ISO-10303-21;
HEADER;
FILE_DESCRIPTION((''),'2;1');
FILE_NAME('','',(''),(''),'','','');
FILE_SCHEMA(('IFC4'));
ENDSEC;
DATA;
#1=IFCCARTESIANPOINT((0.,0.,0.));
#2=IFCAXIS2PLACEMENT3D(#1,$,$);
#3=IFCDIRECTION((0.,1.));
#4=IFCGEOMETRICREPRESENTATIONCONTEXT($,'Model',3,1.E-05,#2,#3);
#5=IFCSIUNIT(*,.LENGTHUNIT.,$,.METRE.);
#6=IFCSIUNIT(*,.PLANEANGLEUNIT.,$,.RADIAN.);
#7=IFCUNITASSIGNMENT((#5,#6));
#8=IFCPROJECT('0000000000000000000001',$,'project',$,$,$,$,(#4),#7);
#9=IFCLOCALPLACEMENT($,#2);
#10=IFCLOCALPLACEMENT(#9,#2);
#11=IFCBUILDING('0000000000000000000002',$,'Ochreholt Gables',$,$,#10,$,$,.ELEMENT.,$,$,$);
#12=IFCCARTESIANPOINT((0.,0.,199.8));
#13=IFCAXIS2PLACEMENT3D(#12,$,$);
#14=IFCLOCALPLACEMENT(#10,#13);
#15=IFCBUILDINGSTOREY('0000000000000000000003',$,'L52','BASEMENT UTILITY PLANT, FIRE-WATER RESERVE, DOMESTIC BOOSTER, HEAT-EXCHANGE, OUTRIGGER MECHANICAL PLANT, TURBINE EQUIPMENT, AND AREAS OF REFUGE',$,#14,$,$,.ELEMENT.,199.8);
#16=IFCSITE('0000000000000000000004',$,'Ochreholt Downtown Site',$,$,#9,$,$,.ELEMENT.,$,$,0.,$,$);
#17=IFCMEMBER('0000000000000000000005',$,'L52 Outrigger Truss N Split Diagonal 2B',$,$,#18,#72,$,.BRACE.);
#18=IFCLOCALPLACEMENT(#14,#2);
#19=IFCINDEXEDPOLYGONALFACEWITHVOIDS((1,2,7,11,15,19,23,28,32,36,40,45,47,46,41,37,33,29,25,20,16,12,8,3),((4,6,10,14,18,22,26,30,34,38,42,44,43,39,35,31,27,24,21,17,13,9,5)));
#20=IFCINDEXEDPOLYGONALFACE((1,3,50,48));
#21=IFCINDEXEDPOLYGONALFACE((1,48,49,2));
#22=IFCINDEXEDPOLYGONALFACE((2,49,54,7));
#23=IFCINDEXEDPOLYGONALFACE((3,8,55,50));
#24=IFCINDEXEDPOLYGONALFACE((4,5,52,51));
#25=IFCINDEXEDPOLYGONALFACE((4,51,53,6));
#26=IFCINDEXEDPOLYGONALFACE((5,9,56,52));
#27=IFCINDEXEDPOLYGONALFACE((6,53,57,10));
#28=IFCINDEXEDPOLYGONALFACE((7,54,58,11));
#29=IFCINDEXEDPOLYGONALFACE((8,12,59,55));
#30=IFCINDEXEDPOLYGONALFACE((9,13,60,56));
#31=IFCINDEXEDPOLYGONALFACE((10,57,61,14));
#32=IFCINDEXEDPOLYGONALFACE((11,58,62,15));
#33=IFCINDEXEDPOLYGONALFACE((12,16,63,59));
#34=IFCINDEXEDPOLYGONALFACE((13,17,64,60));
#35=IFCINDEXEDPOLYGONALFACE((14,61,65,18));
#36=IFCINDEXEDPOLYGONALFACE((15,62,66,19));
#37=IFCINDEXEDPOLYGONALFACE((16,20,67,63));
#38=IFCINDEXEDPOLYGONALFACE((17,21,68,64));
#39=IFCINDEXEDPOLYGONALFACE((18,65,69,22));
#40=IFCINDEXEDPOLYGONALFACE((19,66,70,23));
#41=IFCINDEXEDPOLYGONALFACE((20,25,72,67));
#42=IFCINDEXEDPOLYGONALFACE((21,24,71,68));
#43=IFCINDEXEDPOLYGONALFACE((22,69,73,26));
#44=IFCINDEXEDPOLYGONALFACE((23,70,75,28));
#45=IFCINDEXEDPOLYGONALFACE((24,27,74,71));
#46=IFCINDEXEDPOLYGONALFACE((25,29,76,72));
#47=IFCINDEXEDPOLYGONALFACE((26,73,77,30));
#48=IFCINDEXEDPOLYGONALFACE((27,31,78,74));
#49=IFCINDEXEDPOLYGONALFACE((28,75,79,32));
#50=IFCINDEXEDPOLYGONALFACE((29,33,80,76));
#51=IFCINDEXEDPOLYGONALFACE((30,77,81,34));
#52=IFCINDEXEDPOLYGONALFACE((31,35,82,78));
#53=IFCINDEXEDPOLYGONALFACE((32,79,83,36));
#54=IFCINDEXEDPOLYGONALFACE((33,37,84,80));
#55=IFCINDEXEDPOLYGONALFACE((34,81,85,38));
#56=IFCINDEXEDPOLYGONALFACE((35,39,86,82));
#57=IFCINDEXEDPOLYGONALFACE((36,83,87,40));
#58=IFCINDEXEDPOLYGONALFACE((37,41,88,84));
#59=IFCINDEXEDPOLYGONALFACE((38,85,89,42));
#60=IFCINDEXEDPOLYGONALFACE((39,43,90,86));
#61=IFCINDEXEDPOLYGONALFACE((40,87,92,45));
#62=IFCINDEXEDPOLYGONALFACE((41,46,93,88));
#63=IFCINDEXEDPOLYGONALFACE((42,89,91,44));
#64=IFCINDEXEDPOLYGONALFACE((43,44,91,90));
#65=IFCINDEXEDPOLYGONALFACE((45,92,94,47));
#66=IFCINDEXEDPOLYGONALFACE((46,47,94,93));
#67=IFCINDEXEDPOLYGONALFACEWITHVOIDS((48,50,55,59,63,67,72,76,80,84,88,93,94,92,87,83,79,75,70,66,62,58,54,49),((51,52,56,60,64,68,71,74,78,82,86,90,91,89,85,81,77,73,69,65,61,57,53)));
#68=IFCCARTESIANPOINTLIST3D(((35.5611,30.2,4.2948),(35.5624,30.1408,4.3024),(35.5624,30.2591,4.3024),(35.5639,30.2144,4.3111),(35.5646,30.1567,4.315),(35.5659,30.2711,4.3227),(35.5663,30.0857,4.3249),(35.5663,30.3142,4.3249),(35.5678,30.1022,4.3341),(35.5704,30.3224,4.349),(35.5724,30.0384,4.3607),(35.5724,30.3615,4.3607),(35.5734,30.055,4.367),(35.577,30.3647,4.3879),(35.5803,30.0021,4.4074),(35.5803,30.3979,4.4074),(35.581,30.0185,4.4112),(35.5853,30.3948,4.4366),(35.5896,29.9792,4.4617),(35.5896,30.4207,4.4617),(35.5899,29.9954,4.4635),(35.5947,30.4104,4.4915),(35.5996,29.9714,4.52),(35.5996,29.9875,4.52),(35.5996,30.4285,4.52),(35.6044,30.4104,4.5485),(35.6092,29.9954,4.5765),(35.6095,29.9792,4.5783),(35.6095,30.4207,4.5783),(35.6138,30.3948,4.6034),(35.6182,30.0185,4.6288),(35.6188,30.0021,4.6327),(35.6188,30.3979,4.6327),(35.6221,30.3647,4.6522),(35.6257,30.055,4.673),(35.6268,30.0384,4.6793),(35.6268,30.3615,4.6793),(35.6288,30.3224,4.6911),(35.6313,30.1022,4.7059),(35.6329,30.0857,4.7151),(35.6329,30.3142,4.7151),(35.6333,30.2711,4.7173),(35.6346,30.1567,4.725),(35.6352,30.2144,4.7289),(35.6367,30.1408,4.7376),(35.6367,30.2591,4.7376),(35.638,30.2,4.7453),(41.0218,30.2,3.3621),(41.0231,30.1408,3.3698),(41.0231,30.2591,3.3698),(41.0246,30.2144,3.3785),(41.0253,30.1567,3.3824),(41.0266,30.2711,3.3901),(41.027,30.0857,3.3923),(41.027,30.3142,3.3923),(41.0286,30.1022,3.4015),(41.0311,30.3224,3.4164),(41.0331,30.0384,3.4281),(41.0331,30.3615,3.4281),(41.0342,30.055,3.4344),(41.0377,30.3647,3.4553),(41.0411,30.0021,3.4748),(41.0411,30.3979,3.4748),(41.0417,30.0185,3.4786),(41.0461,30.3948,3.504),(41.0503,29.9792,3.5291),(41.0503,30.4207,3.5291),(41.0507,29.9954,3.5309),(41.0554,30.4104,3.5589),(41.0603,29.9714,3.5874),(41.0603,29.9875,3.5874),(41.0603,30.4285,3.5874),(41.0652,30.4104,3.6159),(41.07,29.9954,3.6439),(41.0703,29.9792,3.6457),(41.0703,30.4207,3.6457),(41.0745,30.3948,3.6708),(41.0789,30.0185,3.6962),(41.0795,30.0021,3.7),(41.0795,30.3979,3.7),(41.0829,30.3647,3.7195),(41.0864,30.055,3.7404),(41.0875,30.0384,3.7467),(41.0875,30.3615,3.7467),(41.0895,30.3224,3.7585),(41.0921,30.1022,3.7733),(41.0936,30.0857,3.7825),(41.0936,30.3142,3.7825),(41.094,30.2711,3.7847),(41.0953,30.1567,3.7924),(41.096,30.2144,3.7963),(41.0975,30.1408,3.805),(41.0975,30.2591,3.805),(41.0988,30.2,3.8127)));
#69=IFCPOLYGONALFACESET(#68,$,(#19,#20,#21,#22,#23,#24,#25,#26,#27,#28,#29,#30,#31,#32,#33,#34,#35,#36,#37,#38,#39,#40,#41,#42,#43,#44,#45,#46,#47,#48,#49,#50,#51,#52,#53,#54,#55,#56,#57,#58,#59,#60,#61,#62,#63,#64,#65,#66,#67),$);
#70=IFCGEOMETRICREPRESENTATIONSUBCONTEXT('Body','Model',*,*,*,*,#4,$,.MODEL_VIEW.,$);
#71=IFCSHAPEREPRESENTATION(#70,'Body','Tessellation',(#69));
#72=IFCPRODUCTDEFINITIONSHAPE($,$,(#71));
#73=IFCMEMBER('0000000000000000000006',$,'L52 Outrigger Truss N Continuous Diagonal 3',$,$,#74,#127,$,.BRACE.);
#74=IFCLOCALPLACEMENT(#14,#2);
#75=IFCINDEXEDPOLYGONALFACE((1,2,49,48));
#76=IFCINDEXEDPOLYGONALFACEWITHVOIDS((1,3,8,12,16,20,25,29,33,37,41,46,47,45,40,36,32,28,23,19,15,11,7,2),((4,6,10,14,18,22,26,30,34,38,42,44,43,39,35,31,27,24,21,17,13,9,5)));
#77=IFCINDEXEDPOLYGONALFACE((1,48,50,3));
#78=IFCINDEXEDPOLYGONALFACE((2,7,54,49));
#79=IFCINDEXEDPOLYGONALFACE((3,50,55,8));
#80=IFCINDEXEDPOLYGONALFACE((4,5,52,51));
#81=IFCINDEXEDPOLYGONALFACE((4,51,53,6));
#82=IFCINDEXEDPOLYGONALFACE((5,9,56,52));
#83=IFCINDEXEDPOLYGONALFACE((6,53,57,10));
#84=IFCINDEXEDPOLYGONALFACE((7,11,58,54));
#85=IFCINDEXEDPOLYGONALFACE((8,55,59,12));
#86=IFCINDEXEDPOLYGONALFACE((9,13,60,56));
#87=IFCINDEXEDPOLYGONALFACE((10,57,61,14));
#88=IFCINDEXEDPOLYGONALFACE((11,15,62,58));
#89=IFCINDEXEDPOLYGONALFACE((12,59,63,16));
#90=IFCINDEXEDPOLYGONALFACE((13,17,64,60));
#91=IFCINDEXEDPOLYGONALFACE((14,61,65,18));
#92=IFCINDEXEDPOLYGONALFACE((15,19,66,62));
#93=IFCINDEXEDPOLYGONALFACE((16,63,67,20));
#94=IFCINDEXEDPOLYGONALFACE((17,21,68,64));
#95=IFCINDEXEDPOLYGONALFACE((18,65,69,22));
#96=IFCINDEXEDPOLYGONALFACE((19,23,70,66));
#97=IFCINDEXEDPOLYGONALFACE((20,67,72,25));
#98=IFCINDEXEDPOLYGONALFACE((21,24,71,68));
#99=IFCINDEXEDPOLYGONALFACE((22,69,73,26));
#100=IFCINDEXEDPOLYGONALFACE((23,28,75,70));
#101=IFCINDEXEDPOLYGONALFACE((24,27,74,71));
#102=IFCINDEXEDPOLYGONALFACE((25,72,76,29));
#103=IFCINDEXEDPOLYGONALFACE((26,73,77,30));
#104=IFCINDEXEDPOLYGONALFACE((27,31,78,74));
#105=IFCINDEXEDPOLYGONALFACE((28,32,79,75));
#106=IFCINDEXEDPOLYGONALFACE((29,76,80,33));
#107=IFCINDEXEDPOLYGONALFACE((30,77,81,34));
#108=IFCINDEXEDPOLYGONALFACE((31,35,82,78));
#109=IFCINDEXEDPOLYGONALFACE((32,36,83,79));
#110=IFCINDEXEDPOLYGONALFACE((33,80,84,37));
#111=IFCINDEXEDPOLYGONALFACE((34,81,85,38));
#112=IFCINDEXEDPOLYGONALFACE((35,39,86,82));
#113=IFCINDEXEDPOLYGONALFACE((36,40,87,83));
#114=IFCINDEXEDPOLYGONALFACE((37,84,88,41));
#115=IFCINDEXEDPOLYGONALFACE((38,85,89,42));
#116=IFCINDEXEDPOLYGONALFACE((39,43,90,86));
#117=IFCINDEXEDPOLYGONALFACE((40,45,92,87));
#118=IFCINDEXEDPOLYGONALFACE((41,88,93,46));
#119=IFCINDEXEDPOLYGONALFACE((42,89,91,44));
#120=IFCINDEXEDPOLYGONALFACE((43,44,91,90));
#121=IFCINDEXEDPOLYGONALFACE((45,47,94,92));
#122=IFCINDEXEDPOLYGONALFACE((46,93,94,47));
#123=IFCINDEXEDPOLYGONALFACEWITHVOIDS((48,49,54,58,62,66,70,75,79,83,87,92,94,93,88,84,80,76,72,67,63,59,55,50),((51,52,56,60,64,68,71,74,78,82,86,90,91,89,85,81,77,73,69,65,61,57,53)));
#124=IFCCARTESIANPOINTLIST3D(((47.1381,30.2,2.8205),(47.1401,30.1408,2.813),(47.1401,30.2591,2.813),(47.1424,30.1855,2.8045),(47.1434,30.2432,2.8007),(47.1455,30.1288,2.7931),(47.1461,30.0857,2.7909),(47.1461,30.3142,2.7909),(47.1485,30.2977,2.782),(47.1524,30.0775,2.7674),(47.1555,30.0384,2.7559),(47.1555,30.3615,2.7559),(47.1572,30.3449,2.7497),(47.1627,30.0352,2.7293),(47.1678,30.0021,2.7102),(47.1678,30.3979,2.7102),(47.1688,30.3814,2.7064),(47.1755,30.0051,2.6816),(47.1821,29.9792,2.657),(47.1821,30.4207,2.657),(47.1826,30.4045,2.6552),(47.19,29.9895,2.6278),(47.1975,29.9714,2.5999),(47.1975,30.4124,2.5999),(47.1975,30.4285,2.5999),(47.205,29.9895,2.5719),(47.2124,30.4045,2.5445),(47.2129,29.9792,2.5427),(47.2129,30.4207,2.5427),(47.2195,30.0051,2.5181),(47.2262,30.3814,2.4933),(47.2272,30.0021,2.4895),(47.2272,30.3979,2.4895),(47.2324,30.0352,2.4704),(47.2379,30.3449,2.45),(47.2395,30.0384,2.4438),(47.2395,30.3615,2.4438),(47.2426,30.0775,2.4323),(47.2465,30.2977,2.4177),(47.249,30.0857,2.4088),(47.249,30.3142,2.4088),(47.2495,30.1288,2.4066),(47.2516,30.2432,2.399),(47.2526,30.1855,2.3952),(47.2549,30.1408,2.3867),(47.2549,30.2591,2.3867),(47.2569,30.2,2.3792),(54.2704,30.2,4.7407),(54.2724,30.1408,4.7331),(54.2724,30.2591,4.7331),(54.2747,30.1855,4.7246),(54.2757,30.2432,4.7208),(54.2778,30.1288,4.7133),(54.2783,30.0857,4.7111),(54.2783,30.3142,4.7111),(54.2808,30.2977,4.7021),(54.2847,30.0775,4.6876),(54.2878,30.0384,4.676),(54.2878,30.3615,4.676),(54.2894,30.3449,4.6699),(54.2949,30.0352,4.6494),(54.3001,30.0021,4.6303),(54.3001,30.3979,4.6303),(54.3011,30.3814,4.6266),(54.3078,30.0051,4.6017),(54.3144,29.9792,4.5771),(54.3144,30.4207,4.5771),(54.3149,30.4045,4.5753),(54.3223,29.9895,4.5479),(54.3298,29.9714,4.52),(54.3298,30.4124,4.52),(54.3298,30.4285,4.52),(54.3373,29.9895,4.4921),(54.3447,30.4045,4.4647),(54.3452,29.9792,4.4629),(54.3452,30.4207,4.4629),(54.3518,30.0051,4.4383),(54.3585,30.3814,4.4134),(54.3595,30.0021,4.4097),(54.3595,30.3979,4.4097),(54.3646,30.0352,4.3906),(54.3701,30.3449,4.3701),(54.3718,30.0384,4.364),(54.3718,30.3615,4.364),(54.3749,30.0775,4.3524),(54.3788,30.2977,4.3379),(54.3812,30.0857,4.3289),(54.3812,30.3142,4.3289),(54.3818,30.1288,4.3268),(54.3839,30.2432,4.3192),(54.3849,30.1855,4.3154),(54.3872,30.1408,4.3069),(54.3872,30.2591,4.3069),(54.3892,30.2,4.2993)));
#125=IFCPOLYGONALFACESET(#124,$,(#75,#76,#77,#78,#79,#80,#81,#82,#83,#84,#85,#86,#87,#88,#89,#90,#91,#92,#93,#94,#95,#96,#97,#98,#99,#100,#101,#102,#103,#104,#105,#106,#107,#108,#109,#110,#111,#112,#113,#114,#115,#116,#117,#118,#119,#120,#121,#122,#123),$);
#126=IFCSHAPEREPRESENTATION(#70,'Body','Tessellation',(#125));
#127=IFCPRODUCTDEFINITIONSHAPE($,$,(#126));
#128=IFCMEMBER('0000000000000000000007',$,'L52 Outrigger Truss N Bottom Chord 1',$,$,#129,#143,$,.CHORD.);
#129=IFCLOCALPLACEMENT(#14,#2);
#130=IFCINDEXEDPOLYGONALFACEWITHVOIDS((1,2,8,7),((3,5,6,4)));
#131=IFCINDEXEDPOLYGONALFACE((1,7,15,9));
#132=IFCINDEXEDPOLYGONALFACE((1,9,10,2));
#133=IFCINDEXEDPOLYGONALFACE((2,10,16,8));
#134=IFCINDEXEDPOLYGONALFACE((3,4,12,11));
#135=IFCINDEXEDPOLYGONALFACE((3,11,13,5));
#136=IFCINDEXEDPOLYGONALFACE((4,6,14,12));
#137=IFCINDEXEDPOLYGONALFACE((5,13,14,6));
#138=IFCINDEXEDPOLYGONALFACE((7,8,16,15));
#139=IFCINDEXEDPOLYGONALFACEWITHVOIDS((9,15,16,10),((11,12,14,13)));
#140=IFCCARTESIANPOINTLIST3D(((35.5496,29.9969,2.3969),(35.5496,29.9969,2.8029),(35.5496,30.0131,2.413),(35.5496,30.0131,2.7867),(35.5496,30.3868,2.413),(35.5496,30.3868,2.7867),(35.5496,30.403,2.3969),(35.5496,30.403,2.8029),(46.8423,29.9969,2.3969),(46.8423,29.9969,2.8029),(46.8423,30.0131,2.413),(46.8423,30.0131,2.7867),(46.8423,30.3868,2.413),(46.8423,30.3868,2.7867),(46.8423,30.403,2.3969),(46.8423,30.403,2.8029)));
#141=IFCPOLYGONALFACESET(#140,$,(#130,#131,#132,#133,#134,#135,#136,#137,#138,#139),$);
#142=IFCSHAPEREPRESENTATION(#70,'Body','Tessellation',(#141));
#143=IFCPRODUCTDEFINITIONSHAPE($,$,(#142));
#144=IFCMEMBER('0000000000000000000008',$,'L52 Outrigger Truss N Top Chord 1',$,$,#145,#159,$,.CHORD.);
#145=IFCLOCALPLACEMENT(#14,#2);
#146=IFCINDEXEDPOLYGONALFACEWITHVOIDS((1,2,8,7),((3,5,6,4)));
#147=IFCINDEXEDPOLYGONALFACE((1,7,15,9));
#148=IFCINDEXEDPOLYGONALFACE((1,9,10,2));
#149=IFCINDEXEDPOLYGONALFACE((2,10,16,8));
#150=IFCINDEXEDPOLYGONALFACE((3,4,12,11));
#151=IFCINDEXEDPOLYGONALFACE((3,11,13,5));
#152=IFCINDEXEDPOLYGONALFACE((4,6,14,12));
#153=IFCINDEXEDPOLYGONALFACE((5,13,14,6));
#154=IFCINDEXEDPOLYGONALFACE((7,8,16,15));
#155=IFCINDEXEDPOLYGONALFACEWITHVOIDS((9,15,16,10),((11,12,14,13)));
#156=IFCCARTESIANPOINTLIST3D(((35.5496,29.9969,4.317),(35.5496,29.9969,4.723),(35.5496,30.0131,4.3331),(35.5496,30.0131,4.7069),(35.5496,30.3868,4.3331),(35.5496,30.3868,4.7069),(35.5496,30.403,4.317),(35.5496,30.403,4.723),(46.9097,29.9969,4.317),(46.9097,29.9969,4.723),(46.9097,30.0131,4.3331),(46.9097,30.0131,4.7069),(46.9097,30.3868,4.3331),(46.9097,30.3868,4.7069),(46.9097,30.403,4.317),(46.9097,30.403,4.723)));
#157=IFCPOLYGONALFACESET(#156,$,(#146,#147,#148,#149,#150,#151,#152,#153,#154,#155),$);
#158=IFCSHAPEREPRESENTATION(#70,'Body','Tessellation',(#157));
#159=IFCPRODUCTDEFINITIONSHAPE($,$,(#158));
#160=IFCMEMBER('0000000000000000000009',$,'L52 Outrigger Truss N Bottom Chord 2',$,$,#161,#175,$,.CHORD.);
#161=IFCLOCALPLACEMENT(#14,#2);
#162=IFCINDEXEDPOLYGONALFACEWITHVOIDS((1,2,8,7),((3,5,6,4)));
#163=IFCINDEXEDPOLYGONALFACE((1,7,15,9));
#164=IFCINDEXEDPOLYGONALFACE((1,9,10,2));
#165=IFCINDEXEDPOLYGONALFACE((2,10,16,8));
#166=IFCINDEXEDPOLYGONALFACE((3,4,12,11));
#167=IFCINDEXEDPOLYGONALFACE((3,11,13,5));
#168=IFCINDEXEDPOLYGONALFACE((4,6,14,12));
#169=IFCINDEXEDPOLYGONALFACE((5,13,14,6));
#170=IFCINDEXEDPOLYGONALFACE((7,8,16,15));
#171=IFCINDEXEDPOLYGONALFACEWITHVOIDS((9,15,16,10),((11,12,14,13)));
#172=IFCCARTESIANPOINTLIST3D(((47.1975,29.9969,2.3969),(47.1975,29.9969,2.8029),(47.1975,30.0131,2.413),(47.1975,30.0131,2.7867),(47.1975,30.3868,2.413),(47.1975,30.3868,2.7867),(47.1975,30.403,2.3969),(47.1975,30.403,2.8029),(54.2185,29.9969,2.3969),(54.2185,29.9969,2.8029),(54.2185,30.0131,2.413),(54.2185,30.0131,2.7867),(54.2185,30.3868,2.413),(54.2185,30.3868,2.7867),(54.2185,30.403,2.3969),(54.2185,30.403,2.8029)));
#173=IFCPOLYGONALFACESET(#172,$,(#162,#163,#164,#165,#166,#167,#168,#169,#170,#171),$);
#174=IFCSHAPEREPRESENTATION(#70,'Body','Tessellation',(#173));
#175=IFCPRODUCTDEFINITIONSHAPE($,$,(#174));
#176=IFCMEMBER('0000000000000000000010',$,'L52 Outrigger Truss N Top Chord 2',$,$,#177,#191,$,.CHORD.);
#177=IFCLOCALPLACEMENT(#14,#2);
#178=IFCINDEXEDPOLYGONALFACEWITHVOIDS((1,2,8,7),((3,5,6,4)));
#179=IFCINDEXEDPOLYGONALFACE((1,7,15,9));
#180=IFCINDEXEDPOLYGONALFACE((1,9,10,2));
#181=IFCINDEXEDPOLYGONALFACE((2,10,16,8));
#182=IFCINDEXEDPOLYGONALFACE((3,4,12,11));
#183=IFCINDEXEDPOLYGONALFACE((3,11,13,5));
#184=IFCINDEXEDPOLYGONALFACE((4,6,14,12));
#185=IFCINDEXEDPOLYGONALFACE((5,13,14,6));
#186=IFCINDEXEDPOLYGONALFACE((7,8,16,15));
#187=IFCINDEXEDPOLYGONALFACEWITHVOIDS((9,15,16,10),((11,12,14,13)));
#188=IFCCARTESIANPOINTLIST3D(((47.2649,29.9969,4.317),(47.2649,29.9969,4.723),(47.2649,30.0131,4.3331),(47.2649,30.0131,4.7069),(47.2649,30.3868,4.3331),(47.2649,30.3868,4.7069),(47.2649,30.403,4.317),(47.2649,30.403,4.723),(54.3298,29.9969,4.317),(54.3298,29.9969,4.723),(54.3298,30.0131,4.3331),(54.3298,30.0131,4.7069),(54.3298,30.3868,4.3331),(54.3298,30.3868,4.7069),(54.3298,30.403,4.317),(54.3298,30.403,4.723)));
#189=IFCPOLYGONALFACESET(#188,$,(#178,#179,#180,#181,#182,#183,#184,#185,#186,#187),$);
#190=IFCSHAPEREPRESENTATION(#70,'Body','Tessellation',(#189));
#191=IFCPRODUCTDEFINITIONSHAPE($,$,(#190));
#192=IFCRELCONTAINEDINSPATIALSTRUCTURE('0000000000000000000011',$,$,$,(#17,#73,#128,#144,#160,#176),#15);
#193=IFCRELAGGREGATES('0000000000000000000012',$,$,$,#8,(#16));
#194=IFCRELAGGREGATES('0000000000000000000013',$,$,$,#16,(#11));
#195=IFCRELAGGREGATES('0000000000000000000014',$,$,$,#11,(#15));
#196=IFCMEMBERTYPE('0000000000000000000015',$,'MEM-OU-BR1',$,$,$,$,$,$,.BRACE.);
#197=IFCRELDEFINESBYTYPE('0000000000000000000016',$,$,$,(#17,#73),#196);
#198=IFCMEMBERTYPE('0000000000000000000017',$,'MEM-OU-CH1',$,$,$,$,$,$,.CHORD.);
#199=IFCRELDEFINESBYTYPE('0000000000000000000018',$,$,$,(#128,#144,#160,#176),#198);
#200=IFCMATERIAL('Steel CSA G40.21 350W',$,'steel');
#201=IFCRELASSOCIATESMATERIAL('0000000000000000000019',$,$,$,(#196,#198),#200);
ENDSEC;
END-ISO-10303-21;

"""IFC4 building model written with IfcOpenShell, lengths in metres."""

from ifc_helpers import new_model, si_unit, direction, frame, origin, origin_2d, place, context, subcontext, project, spatial, hollow_rectangle, hollow_circle, extrude, material, material_profile, profile_set, type_object, element, save


model = new_model("IFC4")

# Units and contexts
model_context = context("Model", 3, precision=1e-05, world=origin(), true_north=direction((0.0, 1.0)))
body_context = subcontext(model_context, "Body", "Model", "MODEL_VIEW")
ifc_project = project(units=[si_unit("LENGTHUNIT", "METRE"), si_unit("PLANEANGLEUNIT", "RADIAN")], contexts=[model_context])

# Site, building, storey
site_placement = place(None, origin())
site = spatial("IfcSite", under=ifc_project, at=site_placement, Name="Ochreholt Downtown Site", CompositionType="ELEMENT", RefElevation=0.0)
building_placement = place(site_placement, origin())
building = spatial("IfcBuilding", under=site, at=building_placement, Name="Ochreholt Gables", CompositionType="ELEMENT")
storey_placement = place(building_placement, frame((0.0, 0.0, 199.8)))
storey = spatial("IfcBuildingStorey", under=building, at=storey_placement, Name="L52", Description="BASEMENT UTILITY PLANT, FIRE-WATER RESERVE, DOMESTIC BOOSTER, HEAT-EXCHANGE, OUTRIGGER MECHANICAL PLANT, TURBINE EQUIPMENT, AND AREAS OF REFUGE", CompositionType="ELEMENT", Elevation=199.8)

# Shared definitions
ifc_material_1 = material(Name="Steel CSA G40.21 350W", Category="steel")

# Members
ifc_material_profile_1 = material_profile(ifc_material_1, hollow_circle(Radius=0.2285, WallThickness=0.0161, at=origin_2d()), Name="CHS457X16")
ifc_profile_set_1 = profile_set([ifc_material_profile_1], Name="Steel CSA G40.21 350W")
member_type_1 = type_object("IfcMemberType", Name="MEM-OU-BR1", PredefinedType="BRACE", material=ifc_profile_set_1)
member_1_placement = place(storey_placement, frame((41.0603, 30.2, 3.5874), z_axis=(-0.985727, 0.0, 0.16835), x_axis=(0.0, -1.0, 0.0)))
element("IfcMember", 1, at=member_1_placement, inside=storey, type_object=member_type_1, Name="L52 Outrigger Truss N Split Diagonal 2B", PredefinedType="BRACE", context=body_context, shape_type="SweptSolid", body=[
    extrude(hollow_circle(Radius=0.2285, WallThickness=0.0161, at=origin_2d()), origin(), (0.0, 0.0, 1.0), 5.5398),
])
member_2_placement = place(storey_placement, frame((47.1975, 30.2, 2.5999), z_axis=(0.965618, 0.0, 0.259964), x_axis=(0.0, 1.0, 0.0)))
element("IfcMember", 2, at=member_2_placement, inside=storey, type_object=member_type_1, Name="L52 Outrigger Truss N Continuous Diagonal 3", PredefinedType="BRACE", context=body_context, shape_type="SweptSolid", body=[
    extrude(hollow_circle(Radius=0.2285, WallThickness=0.0161, at=origin_2d()), origin(), (0.0, 0.0, 1.0), 7.3862),
])
ifc_material_profile_2 = material_profile(ifc_material_1, hollow_rectangle(XDim=0.406, YDim=0.406, WallThickness=0.0161, at=origin_2d()), Name="HSS406X406X16")
ifc_profile_set_2 = profile_set([ifc_material_profile_2], Name="Steel CSA G40.21 350W")
member_type_2 = type_object("IfcMemberType", Name="MEM-OU-CH1", PredefinedType="CHORD", material=ifc_profile_set_2)
member_3_placement = place(storey_placement, frame((35.5496, 30.2, 2.5999), z_axis=(1.0, 0.0, 0.0), x_axis=(0.0, 1.0, 0.0)))
element("IfcMember", 3, at=member_3_placement, inside=storey, type_object=member_type_2, Name="L52 Outrigger Truss N Bottom Chord 1", PredefinedType="CHORD", context=body_context, shape_type="SweptSolid", body=[
    extrude(hollow_rectangle(XDim=0.406, YDim=0.406, WallThickness=0.0161, at=origin_2d()), origin(), (0.0, 0.0, 1.0), 11.2927),
])
member_4_placement = place(storey_placement, frame((35.5496, 30.2, 4.52), z_axis=(1.0, 0.0, 0.0), x_axis=(0.0, 1.0, 0.0)))
element("IfcMember", 4, at=member_4_placement, inside=storey, type_object=member_type_2, Name="L52 Outrigger Truss N Top Chord 1", PredefinedType="CHORD", context=body_context, shape_type="SweptSolid", body=[
    extrude(hollow_rectangle(XDim=0.406, YDim=0.406, WallThickness=0.0161, at=origin_2d()), origin(), (0.0, 0.0, 1.0), 11.3601),
])
member_5_placement = place(storey_placement, frame((47.1975, 30.2, 2.5999), z_axis=(1.0, 0.0, 0.0), x_axis=(0.0, 1.0, 0.0)))
element("IfcMember", 5, at=member_5_placement, inside=storey, type_object=member_type_2, Name="L52 Outrigger Truss N Bottom Chord 2", PredefinedType="CHORD", context=body_context, shape_type="SweptSolid", body=[
    extrude(hollow_rectangle(XDim=0.406, YDim=0.406, WallThickness=0.0161, at=origin_2d()), origin(), (0.0, 0.0, 1.0), 7.021),
])
member_6_placement = place(storey_placement, frame((47.2649, 30.2, 4.52), z_axis=(1.0, 0.0, 0.0), x_axis=(0.0, 1.0, 0.0)))
element("IfcMember", 6, at=member_6_placement, inside=storey, type_object=member_type_2, Name="L52 Outrigger Truss N Top Chord 2", PredefinedType="CHORD", context=body_context, shape_type="SweptSolid", body=[
    extrude(hollow_rectangle(XDim=0.406, YDim=0.406, WallThickness=0.0161, at=origin_2d()), origin(), (0.0, 0.0, 1.0), 7.0649),
])

save(model, "model.ifc")
